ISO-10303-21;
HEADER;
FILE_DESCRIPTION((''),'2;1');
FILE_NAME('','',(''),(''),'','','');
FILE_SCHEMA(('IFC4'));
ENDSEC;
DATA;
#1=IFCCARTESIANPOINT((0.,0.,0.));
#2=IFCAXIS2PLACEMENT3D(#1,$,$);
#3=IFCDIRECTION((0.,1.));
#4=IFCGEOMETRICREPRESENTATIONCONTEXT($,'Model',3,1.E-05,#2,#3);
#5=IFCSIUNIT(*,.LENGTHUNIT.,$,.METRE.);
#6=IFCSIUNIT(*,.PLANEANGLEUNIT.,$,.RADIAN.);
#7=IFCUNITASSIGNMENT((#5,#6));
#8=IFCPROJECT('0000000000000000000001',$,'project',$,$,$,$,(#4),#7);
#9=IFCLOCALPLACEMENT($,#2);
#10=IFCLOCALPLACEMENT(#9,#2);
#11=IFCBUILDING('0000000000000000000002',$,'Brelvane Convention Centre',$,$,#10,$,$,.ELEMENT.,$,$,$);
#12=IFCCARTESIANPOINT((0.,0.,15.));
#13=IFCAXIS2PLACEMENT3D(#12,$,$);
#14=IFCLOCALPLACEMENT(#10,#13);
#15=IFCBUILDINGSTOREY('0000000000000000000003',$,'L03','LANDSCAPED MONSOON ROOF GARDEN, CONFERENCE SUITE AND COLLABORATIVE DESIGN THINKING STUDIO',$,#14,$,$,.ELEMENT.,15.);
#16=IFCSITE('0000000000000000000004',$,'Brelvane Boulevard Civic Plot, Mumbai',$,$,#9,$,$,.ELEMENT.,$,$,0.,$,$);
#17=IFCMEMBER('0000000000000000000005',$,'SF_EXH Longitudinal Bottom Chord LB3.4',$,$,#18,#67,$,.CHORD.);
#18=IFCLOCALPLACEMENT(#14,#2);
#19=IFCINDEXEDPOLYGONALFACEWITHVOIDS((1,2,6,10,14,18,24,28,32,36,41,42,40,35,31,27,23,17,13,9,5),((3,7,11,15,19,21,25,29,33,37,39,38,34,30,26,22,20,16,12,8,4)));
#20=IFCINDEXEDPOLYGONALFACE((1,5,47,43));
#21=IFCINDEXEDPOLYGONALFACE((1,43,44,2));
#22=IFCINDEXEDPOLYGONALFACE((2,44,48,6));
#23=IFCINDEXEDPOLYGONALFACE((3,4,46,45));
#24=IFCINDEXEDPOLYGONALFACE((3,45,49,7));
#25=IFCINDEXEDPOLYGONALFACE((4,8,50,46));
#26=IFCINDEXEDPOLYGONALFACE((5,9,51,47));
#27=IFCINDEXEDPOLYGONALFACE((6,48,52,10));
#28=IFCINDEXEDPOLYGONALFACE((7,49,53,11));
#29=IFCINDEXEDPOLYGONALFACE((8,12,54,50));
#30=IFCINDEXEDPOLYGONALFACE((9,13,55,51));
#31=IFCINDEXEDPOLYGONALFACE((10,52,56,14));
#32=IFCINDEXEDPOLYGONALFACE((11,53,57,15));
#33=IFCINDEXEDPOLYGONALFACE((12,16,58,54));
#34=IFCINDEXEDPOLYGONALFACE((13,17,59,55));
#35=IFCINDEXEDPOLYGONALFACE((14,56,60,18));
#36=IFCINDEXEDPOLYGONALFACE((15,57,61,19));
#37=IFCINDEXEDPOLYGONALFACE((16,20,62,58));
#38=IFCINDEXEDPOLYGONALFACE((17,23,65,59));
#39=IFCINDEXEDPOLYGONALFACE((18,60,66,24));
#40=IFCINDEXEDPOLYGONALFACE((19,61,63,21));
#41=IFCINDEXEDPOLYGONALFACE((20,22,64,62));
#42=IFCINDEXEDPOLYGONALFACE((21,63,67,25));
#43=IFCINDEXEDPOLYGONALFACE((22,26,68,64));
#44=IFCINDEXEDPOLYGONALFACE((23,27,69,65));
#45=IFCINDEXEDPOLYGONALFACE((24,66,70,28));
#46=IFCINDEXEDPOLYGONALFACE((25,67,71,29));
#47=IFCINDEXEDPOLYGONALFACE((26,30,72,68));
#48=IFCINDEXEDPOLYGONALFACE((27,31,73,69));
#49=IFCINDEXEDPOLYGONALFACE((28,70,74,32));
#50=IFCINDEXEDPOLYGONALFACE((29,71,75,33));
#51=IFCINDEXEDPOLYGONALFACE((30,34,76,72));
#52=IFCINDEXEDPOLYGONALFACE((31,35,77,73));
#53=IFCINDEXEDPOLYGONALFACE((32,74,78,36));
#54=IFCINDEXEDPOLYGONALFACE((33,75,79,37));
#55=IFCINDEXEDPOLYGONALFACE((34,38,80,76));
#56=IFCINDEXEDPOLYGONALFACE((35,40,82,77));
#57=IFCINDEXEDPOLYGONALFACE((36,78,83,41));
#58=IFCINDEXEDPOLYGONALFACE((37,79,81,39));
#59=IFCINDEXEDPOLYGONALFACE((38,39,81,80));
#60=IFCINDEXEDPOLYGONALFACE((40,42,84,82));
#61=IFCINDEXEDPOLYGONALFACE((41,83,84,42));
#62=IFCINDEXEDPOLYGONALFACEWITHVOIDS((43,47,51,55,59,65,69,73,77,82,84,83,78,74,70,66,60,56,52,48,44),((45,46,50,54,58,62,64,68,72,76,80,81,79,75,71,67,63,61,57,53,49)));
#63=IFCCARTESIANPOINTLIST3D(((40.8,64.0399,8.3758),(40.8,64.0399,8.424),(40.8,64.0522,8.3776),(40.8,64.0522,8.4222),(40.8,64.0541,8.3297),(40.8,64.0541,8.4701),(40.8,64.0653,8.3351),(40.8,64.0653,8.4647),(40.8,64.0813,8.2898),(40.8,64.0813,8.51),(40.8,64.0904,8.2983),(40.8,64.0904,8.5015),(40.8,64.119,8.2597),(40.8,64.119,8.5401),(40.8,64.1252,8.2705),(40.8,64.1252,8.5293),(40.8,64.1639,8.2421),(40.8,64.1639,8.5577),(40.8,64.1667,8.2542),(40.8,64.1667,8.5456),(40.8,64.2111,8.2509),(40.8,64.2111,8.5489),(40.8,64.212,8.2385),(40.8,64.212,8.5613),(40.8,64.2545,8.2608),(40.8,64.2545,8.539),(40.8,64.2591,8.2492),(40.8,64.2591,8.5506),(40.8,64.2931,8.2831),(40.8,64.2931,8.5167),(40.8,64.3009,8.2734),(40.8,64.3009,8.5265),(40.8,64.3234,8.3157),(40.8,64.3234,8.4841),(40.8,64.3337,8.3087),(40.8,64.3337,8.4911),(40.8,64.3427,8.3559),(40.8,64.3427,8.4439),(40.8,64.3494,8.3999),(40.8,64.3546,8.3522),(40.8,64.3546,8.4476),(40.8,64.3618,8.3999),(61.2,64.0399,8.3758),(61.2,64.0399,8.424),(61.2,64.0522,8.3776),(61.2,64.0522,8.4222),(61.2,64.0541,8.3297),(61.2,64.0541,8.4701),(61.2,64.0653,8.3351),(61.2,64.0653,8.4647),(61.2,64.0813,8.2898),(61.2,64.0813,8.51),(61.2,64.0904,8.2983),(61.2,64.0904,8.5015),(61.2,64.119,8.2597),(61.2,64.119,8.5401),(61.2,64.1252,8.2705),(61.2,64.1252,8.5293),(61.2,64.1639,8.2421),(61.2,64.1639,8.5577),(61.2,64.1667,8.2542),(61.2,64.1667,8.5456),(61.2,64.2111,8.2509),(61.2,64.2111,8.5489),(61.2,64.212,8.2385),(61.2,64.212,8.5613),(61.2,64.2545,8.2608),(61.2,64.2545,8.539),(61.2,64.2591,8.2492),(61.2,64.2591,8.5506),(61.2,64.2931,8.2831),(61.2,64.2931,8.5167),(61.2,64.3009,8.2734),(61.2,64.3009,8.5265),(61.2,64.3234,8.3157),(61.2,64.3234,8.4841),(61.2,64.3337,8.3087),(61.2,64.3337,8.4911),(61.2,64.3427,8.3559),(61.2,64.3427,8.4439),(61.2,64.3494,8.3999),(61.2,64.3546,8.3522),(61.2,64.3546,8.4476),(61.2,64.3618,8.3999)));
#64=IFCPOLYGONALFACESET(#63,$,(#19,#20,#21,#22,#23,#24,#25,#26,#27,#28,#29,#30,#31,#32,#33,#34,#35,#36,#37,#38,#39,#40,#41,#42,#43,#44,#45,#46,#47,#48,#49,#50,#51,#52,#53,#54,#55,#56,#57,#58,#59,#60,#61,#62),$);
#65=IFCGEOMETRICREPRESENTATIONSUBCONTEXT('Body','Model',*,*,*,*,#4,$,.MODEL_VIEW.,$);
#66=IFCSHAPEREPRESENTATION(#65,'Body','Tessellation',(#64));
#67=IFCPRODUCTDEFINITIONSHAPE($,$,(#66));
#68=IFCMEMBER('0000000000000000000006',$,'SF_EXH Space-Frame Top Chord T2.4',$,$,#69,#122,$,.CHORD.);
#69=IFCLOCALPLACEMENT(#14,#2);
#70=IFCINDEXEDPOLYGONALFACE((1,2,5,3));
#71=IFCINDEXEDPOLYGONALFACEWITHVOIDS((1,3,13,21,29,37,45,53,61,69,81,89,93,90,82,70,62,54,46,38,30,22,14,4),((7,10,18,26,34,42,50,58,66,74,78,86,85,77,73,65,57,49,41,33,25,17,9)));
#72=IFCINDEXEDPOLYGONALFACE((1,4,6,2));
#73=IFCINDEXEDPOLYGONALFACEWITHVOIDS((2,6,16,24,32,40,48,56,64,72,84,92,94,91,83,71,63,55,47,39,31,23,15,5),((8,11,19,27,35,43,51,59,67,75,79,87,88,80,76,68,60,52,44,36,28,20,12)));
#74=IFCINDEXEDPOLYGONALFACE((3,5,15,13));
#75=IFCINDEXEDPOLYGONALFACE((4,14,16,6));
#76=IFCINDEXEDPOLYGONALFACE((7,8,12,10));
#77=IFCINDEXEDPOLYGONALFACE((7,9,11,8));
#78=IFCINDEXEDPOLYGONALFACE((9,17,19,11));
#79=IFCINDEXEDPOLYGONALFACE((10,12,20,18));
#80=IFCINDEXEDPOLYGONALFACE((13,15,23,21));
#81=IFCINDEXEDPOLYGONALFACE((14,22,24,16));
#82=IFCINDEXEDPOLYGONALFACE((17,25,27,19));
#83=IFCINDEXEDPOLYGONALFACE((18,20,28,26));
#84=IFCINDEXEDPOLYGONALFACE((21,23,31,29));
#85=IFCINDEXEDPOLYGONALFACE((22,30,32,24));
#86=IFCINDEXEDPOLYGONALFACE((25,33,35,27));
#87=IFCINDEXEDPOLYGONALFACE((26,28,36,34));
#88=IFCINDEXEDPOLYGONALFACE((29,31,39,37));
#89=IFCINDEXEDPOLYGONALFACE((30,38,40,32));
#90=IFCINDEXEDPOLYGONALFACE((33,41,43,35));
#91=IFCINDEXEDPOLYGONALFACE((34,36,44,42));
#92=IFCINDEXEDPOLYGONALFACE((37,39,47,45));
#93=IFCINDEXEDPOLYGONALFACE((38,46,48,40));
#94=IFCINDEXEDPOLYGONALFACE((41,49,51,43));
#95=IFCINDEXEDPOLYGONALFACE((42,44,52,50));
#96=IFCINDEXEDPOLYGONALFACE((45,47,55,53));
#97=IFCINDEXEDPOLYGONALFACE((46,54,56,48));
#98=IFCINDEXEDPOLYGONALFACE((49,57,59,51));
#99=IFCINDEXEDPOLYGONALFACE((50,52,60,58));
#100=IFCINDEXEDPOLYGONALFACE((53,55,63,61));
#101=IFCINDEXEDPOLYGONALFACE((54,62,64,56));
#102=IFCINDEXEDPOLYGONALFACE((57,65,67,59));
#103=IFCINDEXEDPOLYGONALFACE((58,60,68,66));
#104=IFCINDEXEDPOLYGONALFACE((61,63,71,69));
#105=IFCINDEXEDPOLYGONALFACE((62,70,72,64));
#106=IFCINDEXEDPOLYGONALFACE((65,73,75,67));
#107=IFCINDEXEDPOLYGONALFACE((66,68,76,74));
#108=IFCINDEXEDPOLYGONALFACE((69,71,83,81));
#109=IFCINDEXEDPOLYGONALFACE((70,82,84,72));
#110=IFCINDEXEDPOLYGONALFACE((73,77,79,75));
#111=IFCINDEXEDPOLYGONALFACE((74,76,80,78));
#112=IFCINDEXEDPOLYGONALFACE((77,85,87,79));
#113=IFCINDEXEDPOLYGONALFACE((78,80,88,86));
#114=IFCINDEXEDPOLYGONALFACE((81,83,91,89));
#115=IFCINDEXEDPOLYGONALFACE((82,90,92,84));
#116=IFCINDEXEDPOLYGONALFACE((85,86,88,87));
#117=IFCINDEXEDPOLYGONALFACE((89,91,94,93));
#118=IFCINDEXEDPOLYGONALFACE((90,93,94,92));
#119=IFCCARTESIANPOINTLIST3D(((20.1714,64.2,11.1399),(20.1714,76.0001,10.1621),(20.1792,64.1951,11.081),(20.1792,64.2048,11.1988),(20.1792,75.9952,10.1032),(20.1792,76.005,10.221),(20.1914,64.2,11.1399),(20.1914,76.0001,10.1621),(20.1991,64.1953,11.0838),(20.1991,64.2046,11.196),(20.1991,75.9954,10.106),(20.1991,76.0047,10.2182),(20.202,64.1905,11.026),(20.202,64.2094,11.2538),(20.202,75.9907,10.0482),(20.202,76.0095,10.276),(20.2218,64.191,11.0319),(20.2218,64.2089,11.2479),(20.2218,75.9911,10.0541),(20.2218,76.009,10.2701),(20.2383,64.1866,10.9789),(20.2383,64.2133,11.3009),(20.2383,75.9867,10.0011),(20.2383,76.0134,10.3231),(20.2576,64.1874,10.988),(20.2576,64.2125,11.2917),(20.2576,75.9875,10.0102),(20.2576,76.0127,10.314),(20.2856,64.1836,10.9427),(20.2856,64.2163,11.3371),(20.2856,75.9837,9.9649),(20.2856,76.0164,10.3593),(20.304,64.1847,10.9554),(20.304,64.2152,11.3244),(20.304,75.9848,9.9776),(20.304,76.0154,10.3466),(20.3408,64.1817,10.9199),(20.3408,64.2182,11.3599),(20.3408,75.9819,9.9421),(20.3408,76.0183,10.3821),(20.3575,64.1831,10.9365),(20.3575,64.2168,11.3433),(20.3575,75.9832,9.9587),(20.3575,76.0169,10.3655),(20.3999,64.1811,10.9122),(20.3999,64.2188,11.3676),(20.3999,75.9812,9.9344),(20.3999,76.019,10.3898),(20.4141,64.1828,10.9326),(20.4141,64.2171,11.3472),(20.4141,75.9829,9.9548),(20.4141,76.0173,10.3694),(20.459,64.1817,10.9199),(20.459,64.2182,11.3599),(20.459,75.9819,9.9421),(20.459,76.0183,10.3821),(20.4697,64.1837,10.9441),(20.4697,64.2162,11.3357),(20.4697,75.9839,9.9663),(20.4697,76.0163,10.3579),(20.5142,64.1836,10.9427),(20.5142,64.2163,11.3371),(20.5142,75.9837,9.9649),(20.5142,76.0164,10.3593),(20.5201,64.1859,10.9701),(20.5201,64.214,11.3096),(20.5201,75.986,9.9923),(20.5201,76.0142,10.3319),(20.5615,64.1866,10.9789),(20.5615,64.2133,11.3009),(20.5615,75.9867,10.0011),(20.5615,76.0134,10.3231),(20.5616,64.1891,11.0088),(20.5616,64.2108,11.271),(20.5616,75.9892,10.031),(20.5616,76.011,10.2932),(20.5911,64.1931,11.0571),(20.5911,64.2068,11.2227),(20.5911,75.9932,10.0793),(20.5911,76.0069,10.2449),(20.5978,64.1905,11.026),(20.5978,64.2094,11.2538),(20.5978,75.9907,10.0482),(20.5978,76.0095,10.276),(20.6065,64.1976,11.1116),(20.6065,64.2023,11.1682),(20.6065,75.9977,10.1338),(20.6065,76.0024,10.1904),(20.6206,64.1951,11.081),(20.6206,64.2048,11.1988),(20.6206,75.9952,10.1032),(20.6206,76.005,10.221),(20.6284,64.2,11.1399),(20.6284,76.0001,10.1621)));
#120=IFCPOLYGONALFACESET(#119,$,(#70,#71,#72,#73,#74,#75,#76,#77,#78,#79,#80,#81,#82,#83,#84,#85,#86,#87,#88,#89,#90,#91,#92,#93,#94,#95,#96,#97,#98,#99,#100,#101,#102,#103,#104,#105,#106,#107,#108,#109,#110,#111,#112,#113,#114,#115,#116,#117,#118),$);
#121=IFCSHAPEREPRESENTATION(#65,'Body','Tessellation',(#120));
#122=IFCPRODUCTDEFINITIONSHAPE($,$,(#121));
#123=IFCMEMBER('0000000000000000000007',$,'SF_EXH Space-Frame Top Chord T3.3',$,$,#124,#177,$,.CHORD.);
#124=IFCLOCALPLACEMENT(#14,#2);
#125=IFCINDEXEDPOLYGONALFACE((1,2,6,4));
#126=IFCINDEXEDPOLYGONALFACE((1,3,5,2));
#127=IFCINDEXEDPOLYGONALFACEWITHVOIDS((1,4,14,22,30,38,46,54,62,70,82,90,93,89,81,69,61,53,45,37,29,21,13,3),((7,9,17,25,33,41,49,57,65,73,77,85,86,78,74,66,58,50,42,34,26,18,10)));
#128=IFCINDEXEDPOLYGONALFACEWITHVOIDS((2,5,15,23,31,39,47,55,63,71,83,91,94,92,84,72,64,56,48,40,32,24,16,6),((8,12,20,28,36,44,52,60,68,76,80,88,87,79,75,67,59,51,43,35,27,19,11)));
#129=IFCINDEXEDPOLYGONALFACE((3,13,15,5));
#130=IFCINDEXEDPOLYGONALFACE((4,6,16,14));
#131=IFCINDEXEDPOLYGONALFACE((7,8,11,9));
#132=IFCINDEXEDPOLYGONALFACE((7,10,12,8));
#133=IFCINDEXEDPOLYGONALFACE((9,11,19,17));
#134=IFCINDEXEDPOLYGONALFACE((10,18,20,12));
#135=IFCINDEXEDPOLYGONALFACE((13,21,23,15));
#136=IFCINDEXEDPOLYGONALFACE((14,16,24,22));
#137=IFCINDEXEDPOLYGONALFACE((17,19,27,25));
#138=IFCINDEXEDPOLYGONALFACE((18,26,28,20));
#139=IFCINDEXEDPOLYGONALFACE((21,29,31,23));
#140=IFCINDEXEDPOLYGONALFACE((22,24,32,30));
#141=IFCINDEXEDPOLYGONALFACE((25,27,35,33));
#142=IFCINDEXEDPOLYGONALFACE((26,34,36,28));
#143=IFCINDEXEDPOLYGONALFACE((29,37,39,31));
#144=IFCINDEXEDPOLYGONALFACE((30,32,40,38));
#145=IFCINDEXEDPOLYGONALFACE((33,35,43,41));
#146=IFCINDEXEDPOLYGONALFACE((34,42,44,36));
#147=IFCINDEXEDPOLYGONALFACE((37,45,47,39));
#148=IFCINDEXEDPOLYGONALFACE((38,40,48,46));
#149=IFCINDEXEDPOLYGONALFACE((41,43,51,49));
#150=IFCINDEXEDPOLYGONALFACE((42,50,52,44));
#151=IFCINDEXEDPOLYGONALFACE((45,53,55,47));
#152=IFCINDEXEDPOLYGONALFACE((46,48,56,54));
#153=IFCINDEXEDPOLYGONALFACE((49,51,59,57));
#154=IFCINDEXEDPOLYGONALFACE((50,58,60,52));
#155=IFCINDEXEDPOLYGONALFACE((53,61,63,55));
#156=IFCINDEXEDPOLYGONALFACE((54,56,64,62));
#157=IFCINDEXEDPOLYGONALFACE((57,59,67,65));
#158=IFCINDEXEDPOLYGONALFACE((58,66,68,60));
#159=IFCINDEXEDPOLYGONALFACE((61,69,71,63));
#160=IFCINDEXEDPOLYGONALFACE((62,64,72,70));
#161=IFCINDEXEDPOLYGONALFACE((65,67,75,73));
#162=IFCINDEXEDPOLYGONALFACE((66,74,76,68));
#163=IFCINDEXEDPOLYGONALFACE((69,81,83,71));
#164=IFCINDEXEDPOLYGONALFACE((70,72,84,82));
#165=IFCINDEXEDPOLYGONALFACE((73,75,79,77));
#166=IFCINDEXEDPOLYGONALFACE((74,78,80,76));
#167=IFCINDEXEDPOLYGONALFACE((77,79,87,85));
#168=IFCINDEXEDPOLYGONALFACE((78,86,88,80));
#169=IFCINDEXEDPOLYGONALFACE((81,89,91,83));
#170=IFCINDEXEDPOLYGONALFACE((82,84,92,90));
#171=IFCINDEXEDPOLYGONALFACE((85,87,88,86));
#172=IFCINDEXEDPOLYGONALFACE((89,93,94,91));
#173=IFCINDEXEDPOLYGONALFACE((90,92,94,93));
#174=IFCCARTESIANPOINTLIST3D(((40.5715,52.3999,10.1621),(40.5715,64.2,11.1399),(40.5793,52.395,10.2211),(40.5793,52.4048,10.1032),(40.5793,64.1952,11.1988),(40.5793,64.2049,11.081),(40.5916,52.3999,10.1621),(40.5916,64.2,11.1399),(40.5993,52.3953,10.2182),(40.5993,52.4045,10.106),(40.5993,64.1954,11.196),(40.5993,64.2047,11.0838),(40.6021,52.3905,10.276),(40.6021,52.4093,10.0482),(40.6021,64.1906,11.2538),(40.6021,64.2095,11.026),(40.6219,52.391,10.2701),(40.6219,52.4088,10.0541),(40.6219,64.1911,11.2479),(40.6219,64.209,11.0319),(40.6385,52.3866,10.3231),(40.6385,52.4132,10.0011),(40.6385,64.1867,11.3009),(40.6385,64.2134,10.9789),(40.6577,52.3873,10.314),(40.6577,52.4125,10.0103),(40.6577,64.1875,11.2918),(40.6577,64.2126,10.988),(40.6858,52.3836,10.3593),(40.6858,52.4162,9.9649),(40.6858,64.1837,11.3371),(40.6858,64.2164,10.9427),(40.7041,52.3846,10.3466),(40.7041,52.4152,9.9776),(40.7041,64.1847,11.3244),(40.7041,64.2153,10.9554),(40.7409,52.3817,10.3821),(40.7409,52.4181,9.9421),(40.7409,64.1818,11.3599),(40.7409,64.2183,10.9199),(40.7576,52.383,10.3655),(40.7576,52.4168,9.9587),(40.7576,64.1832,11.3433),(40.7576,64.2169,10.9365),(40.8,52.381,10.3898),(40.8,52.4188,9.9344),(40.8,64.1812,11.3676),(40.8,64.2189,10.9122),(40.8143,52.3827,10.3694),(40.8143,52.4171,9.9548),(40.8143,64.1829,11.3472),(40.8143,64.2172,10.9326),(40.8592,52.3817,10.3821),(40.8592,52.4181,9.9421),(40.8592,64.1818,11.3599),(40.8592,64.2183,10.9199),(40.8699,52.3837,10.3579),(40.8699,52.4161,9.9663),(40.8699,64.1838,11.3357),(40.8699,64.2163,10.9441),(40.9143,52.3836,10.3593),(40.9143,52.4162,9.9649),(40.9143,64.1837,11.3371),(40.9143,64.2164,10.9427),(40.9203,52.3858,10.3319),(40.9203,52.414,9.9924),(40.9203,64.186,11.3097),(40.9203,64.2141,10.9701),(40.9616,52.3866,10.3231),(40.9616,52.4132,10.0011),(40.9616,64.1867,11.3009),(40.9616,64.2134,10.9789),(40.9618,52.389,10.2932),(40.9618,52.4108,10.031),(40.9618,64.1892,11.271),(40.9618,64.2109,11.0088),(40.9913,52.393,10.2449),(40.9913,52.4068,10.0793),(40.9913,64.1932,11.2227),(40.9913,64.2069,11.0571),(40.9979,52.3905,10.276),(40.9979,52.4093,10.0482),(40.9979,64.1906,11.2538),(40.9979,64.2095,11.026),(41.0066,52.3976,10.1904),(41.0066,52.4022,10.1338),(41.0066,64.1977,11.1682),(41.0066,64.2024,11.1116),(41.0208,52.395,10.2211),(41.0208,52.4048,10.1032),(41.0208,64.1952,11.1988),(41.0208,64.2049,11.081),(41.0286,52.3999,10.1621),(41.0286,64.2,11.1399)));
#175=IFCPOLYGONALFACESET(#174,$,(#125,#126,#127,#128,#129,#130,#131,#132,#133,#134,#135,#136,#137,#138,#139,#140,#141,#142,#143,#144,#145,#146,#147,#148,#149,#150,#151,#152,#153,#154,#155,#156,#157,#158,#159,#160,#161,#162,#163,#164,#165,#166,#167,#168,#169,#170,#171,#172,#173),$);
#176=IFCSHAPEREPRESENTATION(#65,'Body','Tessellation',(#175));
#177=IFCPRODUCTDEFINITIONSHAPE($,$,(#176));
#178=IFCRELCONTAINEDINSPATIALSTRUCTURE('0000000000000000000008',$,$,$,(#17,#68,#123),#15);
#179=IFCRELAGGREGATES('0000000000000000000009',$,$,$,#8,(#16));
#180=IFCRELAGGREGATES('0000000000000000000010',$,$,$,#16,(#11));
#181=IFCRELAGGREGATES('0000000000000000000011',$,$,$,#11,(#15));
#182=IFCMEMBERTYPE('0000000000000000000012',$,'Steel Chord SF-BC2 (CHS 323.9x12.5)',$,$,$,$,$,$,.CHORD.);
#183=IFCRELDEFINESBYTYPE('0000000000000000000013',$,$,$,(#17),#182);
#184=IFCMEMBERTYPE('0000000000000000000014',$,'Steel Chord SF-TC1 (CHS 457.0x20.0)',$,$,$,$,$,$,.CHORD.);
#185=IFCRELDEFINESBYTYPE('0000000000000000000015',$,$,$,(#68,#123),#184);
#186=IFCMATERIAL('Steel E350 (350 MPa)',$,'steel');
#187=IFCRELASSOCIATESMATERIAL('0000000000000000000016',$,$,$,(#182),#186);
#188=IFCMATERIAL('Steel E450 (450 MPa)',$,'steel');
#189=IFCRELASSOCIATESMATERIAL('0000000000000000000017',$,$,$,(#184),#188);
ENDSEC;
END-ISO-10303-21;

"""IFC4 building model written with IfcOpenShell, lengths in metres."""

from ifc_helpers import new_model, si_unit, direction, frame, origin, origin_2d, place, context, subcontext, project, spatial, hollow_circle, extrude, material, material_profile, profile_set, type_object, element, save


model = new_model("IFC4")

# Units and contexts
model_context = context("Model", 3, precision=1e-05, world=origin(), true_north=direction((0.0, 1.0)))
body_context = subcontext(model_context, "Body", "Model", "MODEL_VIEW")
ifc_project = project(units=[si_unit("LENGTHUNIT", "METRE"), si_unit("PLANEANGLEUNIT", "RADIAN")], contexts=[model_context])

# Site, building, storey
site_placement = place(None, origin())
site = spatial("IfcSite", under=ifc_project, at=site_placement, Name="Brelvane Boulevard Civic Plot, Mumbai", CompositionType="ELEMENT", RefElevation=0.0)
building_placement = place(site_placement, origin())
building = spatial("IfcBuilding", under=site, at=building_placement, Name="Brelvane Convention Centre", CompositionType="ELEMENT")
storey_placement = place(building_placement, frame((0.0, 0.0, 15.0)))
storey = spatial("IfcBuildingStorey", under=building, at=storey_placement, Name="L03", Description="LANDSCAPED MONSOON ROOF GARDEN, CONFERENCE SUITE AND COLLABORATIVE DESIGN THINKING STUDIO", CompositionType="ELEMENT", Elevation=15.0)

# Members
ifc_material_1 = material(Name="Steel E350 (350 MPa)", Category="steel")
ifc_material_profile_1 = material_profile(ifc_material_1, hollow_circle(Radius=0.1619, WallThickness=0.0125, at=origin_2d()), Name="CHS 323.9x12.5")
ifc_profile_set_1 = profile_set([ifc_material_profile_1], Name="Steel E350 (350 MPa)")
member_type_1 = type_object("IfcMemberType", Name="Steel Chord SF-BC2 (CHS 323.9x12.5)", PredefinedType="CHORD", material=ifc_profile_set_1)
for number, where, z_axis, x_axis, name in (
    (1, (40.8, 64.2, 8.3999), (1.0, 0.0, 0.0), (0.0, 1.0, 0.0), "SF_EXH Longitudinal Bottom Chord LB3.4"),
):
    element("IfcMember", number, at=place(storey_placement, frame(where, z_axis=z_axis, x_axis=x_axis)), inside=storey, type_object=member_type_1, Name=name, PredefinedType="CHORD", context=body_context, shape_type="SweptSolid", body=[
        extrude(hollow_circle(Radius=0.1619, WallThickness=0.0125, at=origin_2d()), origin(), (0.0, 0.0, 1.0), 20.3999),
    ])
ifc_material_2 = material(Name="Steel E450 (450 MPa)", Category="steel")
ifc_material_profile_2 = material_profile(ifc_material_2, hollow_circle(Radius=0.2285, WallThickness=0.02, at=origin_2d()), Name="CHS 457.0x20.0")
ifc_profile_set_2 = profile_set([ifc_material_profile_2], Name="Steel E450 (450 MPa)")
member_type_2 = type_object("IfcMemberType", Name="Steel Chord SF-TC1 (CHS 457.0x20.0)", PredefinedType="CHORD", material=ifc_profile_set_2)
for number, where, z_axis, x_axis, name in (
    (2, (20.3999, 64.2, 11.1399), (0.0, 0.996584, -0.08258), (-1.0, 0.0, 0.0), "SF_EXH Space-Frame Top Chord T2.4"),
    (3, (40.8, 52.3999, 10.1621), (0.0, 0.996584, 0.08258), (-1.0, 0.0, 0.0), "SF_EXH Space-Frame Top Chord T3.3"),
):
    element("IfcMember", number, at=place(storey_placement, frame(where, z_axis=z_axis, x_axis=x_axis)), inside=storey, type_object=member_type_2, Name=name, PredefinedType="CHORD", context=body_context, shape_type="SweptSolid", body=[
        extrude(hollow_circle(Radius=0.2285, WallThickness=0.02, at=origin_2d()), origin(), (0.0, 0.0, 1.0), 11.8406),
    ])

save(model, "model.ifc")
